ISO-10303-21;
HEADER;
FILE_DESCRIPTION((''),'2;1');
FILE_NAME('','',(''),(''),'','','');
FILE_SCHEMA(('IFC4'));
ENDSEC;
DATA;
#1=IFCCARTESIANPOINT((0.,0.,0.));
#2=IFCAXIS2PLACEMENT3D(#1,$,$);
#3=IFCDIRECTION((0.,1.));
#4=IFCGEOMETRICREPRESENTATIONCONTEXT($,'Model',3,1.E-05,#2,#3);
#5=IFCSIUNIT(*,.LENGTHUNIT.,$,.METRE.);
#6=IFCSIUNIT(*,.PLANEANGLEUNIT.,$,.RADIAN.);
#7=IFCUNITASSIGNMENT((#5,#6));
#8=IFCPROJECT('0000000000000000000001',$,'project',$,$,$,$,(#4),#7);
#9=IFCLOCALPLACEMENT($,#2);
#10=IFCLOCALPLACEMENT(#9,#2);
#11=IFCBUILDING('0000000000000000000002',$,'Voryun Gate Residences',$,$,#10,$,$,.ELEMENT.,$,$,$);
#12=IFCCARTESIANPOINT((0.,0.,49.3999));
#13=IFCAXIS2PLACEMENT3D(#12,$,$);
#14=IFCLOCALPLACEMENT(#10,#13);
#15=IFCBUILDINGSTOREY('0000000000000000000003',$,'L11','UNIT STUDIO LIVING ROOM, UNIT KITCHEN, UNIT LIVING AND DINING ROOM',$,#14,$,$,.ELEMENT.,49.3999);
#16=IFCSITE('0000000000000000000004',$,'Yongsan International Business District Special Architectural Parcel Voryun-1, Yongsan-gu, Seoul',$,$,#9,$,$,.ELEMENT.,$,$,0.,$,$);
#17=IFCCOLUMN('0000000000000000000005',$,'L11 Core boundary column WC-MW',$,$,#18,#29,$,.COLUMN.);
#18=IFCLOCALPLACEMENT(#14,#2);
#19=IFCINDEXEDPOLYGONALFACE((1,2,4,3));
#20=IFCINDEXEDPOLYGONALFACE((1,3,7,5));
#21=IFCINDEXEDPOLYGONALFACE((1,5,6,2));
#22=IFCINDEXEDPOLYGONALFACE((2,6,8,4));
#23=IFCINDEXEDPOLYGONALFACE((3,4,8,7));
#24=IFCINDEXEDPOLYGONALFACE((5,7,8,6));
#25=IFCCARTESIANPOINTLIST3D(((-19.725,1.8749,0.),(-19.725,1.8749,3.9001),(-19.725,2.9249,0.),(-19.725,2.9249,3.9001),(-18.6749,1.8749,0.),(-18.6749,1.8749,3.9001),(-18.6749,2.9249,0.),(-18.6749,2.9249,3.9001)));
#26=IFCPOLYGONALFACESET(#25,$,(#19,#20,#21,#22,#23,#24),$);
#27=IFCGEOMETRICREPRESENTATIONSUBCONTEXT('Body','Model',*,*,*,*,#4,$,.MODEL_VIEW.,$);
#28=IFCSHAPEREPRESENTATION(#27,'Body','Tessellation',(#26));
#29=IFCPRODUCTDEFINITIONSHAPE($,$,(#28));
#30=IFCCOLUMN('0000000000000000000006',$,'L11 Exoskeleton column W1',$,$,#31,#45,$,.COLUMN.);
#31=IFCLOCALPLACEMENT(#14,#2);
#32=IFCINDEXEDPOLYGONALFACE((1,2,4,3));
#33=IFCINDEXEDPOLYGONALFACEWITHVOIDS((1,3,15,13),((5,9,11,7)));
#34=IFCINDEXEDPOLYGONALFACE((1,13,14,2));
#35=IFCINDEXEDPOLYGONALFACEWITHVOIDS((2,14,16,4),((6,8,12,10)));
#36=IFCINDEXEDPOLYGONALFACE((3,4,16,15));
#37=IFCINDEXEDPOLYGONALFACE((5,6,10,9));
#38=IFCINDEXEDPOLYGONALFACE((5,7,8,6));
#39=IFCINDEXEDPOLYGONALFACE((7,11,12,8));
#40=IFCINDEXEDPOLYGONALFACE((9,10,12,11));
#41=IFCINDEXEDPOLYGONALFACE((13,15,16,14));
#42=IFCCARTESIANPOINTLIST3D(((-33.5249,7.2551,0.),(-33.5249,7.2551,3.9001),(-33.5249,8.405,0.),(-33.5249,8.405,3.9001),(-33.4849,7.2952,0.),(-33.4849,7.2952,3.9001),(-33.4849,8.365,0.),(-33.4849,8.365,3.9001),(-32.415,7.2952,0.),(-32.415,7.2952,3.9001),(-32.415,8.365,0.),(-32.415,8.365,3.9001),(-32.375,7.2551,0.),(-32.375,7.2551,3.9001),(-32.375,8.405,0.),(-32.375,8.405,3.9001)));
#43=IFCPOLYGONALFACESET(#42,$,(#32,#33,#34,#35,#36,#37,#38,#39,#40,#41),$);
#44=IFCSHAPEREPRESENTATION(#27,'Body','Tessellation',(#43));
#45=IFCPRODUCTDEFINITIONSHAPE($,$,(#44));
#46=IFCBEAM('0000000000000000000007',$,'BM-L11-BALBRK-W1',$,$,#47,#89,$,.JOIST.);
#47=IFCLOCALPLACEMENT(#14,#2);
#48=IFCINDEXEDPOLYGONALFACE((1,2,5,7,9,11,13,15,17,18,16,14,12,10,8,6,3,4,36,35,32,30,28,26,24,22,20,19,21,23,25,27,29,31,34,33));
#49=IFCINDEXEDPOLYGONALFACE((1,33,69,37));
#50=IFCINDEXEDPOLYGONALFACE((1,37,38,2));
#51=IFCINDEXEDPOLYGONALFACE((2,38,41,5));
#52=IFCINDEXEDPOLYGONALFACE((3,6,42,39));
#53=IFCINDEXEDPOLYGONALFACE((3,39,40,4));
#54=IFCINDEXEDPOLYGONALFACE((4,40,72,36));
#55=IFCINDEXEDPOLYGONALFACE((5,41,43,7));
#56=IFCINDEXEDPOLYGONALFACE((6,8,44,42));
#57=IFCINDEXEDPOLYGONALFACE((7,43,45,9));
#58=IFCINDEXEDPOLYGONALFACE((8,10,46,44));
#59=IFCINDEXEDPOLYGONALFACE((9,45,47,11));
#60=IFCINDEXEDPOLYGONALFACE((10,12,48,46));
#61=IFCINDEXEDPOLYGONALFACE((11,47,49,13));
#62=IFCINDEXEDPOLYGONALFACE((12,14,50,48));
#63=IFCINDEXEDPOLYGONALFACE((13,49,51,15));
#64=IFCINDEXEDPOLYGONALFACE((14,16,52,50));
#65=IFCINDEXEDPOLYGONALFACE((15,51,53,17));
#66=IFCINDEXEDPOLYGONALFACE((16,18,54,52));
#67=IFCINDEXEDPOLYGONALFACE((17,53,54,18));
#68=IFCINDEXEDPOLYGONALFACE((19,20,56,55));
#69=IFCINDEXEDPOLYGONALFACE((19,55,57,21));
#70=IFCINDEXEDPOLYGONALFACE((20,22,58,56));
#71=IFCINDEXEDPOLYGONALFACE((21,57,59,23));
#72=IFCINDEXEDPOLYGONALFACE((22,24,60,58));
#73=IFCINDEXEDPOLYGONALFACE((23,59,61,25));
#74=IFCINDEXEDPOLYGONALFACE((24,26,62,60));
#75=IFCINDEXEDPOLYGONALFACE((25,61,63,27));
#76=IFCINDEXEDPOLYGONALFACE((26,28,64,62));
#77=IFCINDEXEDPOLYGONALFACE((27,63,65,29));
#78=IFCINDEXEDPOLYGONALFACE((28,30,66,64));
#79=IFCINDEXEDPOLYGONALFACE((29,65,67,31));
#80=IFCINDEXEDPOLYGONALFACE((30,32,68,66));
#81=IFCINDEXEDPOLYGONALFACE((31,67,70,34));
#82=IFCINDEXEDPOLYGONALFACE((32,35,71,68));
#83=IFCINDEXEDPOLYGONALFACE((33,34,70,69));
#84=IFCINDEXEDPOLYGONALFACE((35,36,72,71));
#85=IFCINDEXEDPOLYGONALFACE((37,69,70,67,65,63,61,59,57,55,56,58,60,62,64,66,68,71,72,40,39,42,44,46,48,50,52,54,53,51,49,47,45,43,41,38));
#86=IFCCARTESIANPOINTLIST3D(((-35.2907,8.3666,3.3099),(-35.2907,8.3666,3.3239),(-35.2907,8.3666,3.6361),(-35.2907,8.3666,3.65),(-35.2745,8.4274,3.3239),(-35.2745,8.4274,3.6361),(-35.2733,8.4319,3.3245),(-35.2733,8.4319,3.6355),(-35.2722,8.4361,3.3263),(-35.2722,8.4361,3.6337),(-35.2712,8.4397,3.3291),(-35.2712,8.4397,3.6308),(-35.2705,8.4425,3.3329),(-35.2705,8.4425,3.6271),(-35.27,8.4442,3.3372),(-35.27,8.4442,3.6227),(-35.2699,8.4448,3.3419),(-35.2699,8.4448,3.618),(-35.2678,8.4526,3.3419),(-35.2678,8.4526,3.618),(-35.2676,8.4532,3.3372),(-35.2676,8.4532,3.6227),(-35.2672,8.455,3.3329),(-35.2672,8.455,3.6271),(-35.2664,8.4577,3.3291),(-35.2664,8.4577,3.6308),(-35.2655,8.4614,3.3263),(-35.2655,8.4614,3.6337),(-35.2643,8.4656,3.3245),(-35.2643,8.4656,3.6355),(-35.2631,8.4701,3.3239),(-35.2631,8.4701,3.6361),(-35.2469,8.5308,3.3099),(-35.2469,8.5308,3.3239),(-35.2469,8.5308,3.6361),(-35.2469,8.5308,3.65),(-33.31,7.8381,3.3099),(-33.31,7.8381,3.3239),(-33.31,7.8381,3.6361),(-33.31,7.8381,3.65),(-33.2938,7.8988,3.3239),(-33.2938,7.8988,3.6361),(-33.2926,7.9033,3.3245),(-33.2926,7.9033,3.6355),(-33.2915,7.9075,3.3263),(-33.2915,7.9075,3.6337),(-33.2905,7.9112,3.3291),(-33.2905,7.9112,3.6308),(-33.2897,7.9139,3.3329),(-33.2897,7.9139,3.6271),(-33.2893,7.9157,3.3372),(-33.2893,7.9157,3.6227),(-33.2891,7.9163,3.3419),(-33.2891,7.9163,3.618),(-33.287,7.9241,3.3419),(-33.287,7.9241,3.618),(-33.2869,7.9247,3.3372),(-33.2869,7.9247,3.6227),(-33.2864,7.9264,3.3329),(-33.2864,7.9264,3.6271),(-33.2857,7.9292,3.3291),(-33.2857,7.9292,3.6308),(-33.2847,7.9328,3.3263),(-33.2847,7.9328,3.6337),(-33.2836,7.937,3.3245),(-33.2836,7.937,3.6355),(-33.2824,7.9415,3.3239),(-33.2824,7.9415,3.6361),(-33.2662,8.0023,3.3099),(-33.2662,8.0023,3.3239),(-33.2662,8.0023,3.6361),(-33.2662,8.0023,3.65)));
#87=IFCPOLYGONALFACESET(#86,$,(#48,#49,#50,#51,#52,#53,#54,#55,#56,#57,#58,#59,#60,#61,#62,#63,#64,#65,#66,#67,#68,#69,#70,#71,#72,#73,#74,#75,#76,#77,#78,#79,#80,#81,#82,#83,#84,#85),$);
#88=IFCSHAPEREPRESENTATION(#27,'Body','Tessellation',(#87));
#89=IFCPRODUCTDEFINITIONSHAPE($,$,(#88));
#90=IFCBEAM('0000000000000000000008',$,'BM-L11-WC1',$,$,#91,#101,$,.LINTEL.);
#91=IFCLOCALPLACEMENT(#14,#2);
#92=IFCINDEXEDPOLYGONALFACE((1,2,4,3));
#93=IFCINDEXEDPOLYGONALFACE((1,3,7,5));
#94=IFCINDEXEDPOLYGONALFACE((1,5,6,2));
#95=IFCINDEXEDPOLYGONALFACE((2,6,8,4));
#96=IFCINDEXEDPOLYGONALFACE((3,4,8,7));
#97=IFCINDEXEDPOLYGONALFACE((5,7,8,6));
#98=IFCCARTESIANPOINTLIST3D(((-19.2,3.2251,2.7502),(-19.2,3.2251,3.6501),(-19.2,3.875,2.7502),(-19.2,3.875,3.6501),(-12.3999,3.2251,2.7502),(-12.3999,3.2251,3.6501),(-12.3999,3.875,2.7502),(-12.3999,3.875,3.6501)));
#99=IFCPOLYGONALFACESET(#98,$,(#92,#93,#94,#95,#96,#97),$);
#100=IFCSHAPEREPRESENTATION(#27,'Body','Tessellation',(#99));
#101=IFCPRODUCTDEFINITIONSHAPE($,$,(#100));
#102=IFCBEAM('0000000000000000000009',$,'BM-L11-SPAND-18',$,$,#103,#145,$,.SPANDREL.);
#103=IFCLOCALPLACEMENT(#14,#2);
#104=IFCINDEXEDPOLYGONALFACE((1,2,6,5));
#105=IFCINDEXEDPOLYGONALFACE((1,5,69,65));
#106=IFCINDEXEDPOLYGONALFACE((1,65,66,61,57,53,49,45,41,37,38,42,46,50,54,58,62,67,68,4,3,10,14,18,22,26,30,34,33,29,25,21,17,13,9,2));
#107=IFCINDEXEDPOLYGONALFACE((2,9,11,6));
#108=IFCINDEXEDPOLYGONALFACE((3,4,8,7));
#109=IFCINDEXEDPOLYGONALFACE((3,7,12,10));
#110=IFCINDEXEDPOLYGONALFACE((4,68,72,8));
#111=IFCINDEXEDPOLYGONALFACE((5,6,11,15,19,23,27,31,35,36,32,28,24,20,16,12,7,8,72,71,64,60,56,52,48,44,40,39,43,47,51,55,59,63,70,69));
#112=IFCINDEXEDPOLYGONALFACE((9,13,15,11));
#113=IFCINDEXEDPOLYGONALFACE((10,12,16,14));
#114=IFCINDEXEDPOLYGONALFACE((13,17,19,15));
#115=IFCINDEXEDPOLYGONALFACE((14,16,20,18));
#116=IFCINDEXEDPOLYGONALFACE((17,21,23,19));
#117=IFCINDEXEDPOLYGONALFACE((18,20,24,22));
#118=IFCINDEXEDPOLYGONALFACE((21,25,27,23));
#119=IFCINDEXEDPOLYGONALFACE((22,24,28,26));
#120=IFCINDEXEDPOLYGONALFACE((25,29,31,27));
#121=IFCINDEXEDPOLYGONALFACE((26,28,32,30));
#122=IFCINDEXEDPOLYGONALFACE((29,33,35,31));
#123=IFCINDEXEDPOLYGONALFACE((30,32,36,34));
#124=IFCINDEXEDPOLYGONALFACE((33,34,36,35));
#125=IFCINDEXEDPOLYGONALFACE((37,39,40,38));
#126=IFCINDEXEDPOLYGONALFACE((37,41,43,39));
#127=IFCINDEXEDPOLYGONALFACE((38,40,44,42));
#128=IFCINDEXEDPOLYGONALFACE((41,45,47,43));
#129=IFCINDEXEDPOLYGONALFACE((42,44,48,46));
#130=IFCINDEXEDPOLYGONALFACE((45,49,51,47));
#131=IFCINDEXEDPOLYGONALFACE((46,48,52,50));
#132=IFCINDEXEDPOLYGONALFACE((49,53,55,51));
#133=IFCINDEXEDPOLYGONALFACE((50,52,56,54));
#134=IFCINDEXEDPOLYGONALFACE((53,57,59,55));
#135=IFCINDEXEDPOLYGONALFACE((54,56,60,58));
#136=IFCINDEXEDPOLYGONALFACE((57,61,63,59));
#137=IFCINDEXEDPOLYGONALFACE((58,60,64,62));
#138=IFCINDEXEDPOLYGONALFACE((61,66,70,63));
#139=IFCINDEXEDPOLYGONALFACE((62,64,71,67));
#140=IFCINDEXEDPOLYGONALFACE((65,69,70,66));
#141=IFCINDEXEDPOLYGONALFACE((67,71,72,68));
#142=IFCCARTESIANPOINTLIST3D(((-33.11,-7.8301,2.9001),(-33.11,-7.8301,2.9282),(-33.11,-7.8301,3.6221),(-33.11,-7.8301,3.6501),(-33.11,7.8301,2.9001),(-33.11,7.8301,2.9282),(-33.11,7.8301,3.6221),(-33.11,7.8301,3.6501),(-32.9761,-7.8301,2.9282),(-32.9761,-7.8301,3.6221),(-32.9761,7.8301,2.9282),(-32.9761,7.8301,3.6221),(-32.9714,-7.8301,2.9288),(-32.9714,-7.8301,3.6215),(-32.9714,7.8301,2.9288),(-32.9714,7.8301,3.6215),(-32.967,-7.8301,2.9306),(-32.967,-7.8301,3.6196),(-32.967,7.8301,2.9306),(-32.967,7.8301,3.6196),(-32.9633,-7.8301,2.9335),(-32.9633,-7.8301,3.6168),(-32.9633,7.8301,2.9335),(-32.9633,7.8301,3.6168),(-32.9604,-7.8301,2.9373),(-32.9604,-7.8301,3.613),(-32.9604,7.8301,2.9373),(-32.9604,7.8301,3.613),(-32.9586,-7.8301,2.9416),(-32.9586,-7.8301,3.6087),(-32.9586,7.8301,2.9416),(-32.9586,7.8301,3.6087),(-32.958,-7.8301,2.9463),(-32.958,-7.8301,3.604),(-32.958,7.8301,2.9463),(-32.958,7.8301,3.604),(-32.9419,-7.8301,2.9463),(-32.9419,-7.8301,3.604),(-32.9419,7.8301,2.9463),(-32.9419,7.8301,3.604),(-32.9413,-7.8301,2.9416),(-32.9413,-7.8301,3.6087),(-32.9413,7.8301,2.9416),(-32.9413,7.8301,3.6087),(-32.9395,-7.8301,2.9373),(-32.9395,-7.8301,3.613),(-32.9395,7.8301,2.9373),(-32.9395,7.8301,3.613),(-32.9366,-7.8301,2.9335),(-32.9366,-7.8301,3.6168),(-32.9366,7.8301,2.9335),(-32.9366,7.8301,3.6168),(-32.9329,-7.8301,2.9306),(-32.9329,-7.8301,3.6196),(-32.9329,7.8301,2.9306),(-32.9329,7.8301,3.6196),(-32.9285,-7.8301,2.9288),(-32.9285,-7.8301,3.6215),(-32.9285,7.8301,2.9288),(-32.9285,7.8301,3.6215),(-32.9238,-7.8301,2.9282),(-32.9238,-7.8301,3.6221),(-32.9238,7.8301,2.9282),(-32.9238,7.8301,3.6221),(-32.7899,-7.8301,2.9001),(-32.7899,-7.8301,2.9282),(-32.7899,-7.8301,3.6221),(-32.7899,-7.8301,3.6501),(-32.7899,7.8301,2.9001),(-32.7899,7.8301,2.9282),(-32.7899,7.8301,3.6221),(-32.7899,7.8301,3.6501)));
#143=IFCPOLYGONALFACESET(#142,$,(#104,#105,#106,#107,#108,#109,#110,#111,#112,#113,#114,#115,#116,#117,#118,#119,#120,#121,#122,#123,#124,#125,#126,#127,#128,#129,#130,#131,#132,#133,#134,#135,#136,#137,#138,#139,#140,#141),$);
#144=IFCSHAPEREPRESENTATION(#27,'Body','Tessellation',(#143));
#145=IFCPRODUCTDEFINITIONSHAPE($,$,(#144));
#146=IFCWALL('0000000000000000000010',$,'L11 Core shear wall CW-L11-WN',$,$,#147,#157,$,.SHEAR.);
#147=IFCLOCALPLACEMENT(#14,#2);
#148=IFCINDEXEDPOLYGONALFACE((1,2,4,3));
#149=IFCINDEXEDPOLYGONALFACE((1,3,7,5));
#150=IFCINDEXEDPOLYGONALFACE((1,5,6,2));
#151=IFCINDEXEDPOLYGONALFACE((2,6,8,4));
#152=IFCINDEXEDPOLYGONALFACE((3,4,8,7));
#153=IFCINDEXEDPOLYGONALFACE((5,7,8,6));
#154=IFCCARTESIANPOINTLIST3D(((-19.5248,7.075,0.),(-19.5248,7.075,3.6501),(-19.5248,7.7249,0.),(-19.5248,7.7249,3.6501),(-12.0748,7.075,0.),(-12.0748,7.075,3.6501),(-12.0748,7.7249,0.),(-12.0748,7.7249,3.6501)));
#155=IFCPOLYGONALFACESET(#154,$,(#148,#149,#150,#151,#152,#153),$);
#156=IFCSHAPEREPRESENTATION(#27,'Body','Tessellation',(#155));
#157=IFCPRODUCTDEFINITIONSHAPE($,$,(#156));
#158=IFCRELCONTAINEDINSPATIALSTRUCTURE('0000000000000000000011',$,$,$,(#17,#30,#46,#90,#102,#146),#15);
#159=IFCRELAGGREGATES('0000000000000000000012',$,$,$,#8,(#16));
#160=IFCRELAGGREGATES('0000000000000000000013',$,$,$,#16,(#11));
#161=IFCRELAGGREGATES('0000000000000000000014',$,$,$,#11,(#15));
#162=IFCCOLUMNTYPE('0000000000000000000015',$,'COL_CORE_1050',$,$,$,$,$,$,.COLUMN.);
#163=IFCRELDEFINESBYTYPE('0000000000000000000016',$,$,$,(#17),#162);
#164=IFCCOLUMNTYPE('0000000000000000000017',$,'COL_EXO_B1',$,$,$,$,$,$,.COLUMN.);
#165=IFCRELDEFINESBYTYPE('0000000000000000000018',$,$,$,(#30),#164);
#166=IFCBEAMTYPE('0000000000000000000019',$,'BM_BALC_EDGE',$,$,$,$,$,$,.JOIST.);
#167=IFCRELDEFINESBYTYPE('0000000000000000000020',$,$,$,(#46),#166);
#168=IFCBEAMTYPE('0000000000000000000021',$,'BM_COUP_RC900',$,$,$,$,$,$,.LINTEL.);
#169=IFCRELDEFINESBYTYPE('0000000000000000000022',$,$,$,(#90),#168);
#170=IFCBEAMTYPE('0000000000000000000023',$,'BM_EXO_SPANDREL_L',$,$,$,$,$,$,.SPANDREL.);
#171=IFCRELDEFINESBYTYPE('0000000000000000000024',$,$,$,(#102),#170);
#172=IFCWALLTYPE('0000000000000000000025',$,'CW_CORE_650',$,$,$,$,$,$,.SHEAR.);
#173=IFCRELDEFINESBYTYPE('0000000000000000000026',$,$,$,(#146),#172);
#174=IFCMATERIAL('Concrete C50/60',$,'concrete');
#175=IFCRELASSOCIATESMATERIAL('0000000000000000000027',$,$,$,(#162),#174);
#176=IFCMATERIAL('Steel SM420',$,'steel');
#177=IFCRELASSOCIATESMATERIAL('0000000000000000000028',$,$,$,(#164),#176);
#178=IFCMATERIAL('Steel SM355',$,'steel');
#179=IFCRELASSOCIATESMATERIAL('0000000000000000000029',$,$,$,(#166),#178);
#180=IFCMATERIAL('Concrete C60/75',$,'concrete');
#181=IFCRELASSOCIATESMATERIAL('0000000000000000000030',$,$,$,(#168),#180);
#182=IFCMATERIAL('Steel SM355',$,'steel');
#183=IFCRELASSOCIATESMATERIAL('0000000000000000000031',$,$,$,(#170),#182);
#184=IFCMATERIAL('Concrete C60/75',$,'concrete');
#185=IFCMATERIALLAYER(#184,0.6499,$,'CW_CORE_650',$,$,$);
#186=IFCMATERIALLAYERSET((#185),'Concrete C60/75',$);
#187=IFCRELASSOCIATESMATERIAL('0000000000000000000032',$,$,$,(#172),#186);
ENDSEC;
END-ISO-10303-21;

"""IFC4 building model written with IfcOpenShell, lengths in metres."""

from ifc_helpers import new_model, si_unit, direction, frame, frame_2d, origin, origin_2d, place, context, subcontext, project, spatial, rectangle, hollow_rectangle, i_section, extrude, material, layer, layer_set, material_profile, profile_set, type_object, element, save


model = new_model("IFC4")

# Units and contexts
model_context = context("Model", 3, precision=1e-05, world=origin(), true_north=direction((0.0, 1.0)))
body_context = subcontext(model_context, "Body", "Model", "MODEL_VIEW")
ifc_project = project(units=[si_unit("LENGTHUNIT", "METRE"), si_unit("PLANEANGLEUNIT", "RADIAN")], contexts=[model_context])

# Site, building, storey
site_placement = place(None, origin())
site = spatial("IfcSite", under=ifc_project, at=site_placement, Name="Yongsan International Business District Special Architectural Parcel Voryun-1, Yongsan-gu, Seoul", CompositionType="ELEMENT", RefElevation=0.0)
building_placement = place(site_placement, origin())
building = spatial("IfcBuilding", under=site, at=building_placement, Name="Voryun Gate Residences", CompositionType="ELEMENT")
storey_placement = place(building_placement, frame((0.0, 0.0, 49.3999)))
storey = spatial("IfcBuildingStorey", under=building, at=storey_placement, Name="L11", Description="UNIT STUDIO LIVING ROOM, UNIT KITCHEN, UNIT LIVING AND DINING ROOM", CompositionType="ELEMENT", Elevation=49.3999)

# Columns
ifc_material_1 = material(Name="Concrete C50/60", Category="concrete")
ifc_material_profile_1 = material_profile(ifc_material_1, rectangle(XDim=1.05, YDim=1.05, at=origin_2d()), Name="RC-1050x1050")
ifc_profile_set_1 = profile_set([ifc_material_profile_1], Name="Concrete C50/60")
column_type_1 = type_object("IfcColumnType", Name="COL_CORE_1050", PredefinedType="COLUMN", material=ifc_profile_set_1)
column_1_placement = place(storey_placement, frame((-19.2, 2.3999, 0.0), z_axis=(0.0, 0.0, 1.0), x_axis=(1.0, 0.0, 0.0)))
element("IfcColumn", 1, at=column_1_placement, inside=storey, type_object=column_type_1, Name="L11 Core boundary column WC-MW", PredefinedType="COLUMN", context=body_context, shape_type="SweptSolid", body=[
    extrude(rectangle(XDim=1.05, YDim=1.05, at=origin_2d()), origin(), (0.0, 0.0, 1.0), 3.9001),
])
ifc_material_2 = material(Name="Steel SM420", Category="steel")
ifc_material_profile_2 = material_profile(ifc_material_2, hollow_rectangle(XDim=1.1499, YDim=1.1499, WallThickness=0.04, at=origin_2d()), Name="BOX-1150x1150x40")
ifc_profile_set_2 = profile_set([ifc_material_profile_2], Name="Steel SM420")
column_type_2 = type_object("IfcColumnType", Name="COL_EXO_B1", PredefinedType="COLUMN", material=ifc_profile_set_2)
column_2_placement = place(storey_placement, frame((-32.95, 7.8301, 0.0), z_axis=(0.0, 0.0, 1.0), x_axis=(1.0, 0.0, 0.0)))
element("IfcColumn", 2, at=column_2_placement, inside=storey, type_object=column_type_2, Name="L11 Exoskeleton column W1", PredefinedType="COLUMN", context=body_context, shape_type="SweptSolid", body=[
    extrude(hollow_rectangle(XDim=1.1499, YDim=1.1499, WallThickness=0.04, at=origin_2d()), origin(), (0.0, 0.0, 1.0), 3.9001),
])

# Beams
ifc_material_3 = material(Name="Steel SM355", Category="steel")
ifc_material_profile_3 = material_profile(ifc_material_3, i_section(OverallWidth=0.1699, OverallDepth=0.3401, WebThickness=0.0081, FlangeThickness=0.0139, FilletRadius=0.0181, at=origin_2d()), Name="H-340x170x8x14")
ifc_profile_set_3 = profile_set([ifc_material_profile_3], Name="Steel SM355")
beam_type_1 = type_object("IfcBeamType", Name="BM_BALC_EDGE", PredefinedType="JOIST", material=ifc_profile_set_3)
beam_1_placement = place(storey_placement, frame((-33.2881, 7.9202, 3.48), z_axis=(-0.966189, 0.257833, 0.0), x_axis=(-0.257833, -0.966189, 0.0)))
element("IfcBeam", 3, at=beam_1_placement, inside=storey, type_object=beam_type_1, Name="BM-L11-BALBRK-W1", PredefinedType="JOIST", context=body_context, shape_type="SweptSolid", body=[
    extrude(i_section(OverallWidth=0.1699, OverallDepth=0.3401, WebThickness=0.0081, FlangeThickness=0.0139, FilletRadius=0.0181, at=origin_2d()), origin(), (0.0, 0.0, 1.0), 2.05),
])
ifc_material_4 = material(Name="Concrete C60/75", Category="concrete")
ifc_material_profile_4 = material_profile(ifc_material_4, rectangle(XDim=0.6499, YDim=0.8999, at=origin_2d()), Name="RC-650x900")
ifc_profile_set_4 = profile_set([ifc_material_profile_4], Name="Concrete C60/75")
beam_type_2 = type_object("IfcBeamType", Name="BM_COUP_RC900", PredefinedType="LINTEL", material=ifc_profile_set_4)
beam_2_placement = place(storey_placement, frame((-19.2, 3.55, 3.2002), z_axis=(1.0, 0.0, 0.0), x_axis=(0.0, 1.0, 0.0)))
element("IfcBeam", 4, at=beam_2_placement, inside=storey, type_object=beam_type_2, Name="BM-L11-WC1", PredefinedType="LINTEL", context=body_context, shape_type="SweptSolid", body=[
    extrude(rectangle(XDim=0.6499, YDim=0.8999, at=origin_2d()), origin(), (0.0, 0.0, 1.0), 6.8),
])
ifc_material_5 = material(Name="Steel SM355", Category="steel")
ifc_material_profile_5 = material_profile(ifc_material_5, i_section(OverallWidth=0.3201, OverallDepth=0.75, WebThickness=0.0161, FlangeThickness=0.0281, FilletRadius=0.0181, at=origin_2d()), Name="H-750x320x16x28")
ifc_profile_set_5 = profile_set([ifc_material_profile_5], Name="Steel SM355")
beam_type_3 = type_object("IfcBeamType", Name="BM_EXO_SPANDREL_L", PredefinedType="SPANDREL", material=ifc_profile_set_5)
beam_3_placement = place(storey_placement, frame((-32.95, 7.8301, 3.2751), z_axis=(0.0, -1.0, 0.0), x_axis=(1.0, 0.0, 0.0)))
element("IfcBeam", 5, at=beam_3_placement, inside=storey, type_object=beam_type_3, Name="BM-L11-SPAND-18", PredefinedType="SPANDREL", context=body_context, shape_type="SweptSolid", body=[
    extrude(i_section(OverallWidth=0.3201, OverallDepth=0.75, WebThickness=0.0161, FlangeThickness=0.0281, FilletRadius=0.0181, at=origin_2d()), origin(), (0.0, 0.0, 1.0), 15.6602),
])

# Wall
ifc_material_6 = material(Name="Concrete C60/75", Category="concrete")
ifc_layer_1 = layer(ifc_material_6, 0.6499, Name="CW_CORE_650")
ifc_layer_set_1 = layer_set([ifc_layer_1], Name="Concrete C60/75")
wall_type_1 = type_object("IfcWallType", Name="CW_CORE_650", PredefinedType="SHEAR", material=ifc_layer_set_1)
wall_1_placement = place(storey_placement, frame((-19.5249, 7.3999, 0.0), z_axis=(0.0, 0.0, 1.0), x_axis=(1.0, 0.0, 0.0)))
element("IfcWall", 6, at=wall_1_placement, inside=storey, type_object=wall_type_1, Name="L11 Core shear wall CW-L11-WN", PredefinedType="SHEAR", context=body_context, shape_type="SweptSolid", body=[
    extrude(rectangle(XDim=7.45, YDim=0.6499, at=frame_2d((3.7251, 0.0))), origin(), (0.0, 0.0, 1.0), 3.6501),
])

save(model, "model.ifc")
